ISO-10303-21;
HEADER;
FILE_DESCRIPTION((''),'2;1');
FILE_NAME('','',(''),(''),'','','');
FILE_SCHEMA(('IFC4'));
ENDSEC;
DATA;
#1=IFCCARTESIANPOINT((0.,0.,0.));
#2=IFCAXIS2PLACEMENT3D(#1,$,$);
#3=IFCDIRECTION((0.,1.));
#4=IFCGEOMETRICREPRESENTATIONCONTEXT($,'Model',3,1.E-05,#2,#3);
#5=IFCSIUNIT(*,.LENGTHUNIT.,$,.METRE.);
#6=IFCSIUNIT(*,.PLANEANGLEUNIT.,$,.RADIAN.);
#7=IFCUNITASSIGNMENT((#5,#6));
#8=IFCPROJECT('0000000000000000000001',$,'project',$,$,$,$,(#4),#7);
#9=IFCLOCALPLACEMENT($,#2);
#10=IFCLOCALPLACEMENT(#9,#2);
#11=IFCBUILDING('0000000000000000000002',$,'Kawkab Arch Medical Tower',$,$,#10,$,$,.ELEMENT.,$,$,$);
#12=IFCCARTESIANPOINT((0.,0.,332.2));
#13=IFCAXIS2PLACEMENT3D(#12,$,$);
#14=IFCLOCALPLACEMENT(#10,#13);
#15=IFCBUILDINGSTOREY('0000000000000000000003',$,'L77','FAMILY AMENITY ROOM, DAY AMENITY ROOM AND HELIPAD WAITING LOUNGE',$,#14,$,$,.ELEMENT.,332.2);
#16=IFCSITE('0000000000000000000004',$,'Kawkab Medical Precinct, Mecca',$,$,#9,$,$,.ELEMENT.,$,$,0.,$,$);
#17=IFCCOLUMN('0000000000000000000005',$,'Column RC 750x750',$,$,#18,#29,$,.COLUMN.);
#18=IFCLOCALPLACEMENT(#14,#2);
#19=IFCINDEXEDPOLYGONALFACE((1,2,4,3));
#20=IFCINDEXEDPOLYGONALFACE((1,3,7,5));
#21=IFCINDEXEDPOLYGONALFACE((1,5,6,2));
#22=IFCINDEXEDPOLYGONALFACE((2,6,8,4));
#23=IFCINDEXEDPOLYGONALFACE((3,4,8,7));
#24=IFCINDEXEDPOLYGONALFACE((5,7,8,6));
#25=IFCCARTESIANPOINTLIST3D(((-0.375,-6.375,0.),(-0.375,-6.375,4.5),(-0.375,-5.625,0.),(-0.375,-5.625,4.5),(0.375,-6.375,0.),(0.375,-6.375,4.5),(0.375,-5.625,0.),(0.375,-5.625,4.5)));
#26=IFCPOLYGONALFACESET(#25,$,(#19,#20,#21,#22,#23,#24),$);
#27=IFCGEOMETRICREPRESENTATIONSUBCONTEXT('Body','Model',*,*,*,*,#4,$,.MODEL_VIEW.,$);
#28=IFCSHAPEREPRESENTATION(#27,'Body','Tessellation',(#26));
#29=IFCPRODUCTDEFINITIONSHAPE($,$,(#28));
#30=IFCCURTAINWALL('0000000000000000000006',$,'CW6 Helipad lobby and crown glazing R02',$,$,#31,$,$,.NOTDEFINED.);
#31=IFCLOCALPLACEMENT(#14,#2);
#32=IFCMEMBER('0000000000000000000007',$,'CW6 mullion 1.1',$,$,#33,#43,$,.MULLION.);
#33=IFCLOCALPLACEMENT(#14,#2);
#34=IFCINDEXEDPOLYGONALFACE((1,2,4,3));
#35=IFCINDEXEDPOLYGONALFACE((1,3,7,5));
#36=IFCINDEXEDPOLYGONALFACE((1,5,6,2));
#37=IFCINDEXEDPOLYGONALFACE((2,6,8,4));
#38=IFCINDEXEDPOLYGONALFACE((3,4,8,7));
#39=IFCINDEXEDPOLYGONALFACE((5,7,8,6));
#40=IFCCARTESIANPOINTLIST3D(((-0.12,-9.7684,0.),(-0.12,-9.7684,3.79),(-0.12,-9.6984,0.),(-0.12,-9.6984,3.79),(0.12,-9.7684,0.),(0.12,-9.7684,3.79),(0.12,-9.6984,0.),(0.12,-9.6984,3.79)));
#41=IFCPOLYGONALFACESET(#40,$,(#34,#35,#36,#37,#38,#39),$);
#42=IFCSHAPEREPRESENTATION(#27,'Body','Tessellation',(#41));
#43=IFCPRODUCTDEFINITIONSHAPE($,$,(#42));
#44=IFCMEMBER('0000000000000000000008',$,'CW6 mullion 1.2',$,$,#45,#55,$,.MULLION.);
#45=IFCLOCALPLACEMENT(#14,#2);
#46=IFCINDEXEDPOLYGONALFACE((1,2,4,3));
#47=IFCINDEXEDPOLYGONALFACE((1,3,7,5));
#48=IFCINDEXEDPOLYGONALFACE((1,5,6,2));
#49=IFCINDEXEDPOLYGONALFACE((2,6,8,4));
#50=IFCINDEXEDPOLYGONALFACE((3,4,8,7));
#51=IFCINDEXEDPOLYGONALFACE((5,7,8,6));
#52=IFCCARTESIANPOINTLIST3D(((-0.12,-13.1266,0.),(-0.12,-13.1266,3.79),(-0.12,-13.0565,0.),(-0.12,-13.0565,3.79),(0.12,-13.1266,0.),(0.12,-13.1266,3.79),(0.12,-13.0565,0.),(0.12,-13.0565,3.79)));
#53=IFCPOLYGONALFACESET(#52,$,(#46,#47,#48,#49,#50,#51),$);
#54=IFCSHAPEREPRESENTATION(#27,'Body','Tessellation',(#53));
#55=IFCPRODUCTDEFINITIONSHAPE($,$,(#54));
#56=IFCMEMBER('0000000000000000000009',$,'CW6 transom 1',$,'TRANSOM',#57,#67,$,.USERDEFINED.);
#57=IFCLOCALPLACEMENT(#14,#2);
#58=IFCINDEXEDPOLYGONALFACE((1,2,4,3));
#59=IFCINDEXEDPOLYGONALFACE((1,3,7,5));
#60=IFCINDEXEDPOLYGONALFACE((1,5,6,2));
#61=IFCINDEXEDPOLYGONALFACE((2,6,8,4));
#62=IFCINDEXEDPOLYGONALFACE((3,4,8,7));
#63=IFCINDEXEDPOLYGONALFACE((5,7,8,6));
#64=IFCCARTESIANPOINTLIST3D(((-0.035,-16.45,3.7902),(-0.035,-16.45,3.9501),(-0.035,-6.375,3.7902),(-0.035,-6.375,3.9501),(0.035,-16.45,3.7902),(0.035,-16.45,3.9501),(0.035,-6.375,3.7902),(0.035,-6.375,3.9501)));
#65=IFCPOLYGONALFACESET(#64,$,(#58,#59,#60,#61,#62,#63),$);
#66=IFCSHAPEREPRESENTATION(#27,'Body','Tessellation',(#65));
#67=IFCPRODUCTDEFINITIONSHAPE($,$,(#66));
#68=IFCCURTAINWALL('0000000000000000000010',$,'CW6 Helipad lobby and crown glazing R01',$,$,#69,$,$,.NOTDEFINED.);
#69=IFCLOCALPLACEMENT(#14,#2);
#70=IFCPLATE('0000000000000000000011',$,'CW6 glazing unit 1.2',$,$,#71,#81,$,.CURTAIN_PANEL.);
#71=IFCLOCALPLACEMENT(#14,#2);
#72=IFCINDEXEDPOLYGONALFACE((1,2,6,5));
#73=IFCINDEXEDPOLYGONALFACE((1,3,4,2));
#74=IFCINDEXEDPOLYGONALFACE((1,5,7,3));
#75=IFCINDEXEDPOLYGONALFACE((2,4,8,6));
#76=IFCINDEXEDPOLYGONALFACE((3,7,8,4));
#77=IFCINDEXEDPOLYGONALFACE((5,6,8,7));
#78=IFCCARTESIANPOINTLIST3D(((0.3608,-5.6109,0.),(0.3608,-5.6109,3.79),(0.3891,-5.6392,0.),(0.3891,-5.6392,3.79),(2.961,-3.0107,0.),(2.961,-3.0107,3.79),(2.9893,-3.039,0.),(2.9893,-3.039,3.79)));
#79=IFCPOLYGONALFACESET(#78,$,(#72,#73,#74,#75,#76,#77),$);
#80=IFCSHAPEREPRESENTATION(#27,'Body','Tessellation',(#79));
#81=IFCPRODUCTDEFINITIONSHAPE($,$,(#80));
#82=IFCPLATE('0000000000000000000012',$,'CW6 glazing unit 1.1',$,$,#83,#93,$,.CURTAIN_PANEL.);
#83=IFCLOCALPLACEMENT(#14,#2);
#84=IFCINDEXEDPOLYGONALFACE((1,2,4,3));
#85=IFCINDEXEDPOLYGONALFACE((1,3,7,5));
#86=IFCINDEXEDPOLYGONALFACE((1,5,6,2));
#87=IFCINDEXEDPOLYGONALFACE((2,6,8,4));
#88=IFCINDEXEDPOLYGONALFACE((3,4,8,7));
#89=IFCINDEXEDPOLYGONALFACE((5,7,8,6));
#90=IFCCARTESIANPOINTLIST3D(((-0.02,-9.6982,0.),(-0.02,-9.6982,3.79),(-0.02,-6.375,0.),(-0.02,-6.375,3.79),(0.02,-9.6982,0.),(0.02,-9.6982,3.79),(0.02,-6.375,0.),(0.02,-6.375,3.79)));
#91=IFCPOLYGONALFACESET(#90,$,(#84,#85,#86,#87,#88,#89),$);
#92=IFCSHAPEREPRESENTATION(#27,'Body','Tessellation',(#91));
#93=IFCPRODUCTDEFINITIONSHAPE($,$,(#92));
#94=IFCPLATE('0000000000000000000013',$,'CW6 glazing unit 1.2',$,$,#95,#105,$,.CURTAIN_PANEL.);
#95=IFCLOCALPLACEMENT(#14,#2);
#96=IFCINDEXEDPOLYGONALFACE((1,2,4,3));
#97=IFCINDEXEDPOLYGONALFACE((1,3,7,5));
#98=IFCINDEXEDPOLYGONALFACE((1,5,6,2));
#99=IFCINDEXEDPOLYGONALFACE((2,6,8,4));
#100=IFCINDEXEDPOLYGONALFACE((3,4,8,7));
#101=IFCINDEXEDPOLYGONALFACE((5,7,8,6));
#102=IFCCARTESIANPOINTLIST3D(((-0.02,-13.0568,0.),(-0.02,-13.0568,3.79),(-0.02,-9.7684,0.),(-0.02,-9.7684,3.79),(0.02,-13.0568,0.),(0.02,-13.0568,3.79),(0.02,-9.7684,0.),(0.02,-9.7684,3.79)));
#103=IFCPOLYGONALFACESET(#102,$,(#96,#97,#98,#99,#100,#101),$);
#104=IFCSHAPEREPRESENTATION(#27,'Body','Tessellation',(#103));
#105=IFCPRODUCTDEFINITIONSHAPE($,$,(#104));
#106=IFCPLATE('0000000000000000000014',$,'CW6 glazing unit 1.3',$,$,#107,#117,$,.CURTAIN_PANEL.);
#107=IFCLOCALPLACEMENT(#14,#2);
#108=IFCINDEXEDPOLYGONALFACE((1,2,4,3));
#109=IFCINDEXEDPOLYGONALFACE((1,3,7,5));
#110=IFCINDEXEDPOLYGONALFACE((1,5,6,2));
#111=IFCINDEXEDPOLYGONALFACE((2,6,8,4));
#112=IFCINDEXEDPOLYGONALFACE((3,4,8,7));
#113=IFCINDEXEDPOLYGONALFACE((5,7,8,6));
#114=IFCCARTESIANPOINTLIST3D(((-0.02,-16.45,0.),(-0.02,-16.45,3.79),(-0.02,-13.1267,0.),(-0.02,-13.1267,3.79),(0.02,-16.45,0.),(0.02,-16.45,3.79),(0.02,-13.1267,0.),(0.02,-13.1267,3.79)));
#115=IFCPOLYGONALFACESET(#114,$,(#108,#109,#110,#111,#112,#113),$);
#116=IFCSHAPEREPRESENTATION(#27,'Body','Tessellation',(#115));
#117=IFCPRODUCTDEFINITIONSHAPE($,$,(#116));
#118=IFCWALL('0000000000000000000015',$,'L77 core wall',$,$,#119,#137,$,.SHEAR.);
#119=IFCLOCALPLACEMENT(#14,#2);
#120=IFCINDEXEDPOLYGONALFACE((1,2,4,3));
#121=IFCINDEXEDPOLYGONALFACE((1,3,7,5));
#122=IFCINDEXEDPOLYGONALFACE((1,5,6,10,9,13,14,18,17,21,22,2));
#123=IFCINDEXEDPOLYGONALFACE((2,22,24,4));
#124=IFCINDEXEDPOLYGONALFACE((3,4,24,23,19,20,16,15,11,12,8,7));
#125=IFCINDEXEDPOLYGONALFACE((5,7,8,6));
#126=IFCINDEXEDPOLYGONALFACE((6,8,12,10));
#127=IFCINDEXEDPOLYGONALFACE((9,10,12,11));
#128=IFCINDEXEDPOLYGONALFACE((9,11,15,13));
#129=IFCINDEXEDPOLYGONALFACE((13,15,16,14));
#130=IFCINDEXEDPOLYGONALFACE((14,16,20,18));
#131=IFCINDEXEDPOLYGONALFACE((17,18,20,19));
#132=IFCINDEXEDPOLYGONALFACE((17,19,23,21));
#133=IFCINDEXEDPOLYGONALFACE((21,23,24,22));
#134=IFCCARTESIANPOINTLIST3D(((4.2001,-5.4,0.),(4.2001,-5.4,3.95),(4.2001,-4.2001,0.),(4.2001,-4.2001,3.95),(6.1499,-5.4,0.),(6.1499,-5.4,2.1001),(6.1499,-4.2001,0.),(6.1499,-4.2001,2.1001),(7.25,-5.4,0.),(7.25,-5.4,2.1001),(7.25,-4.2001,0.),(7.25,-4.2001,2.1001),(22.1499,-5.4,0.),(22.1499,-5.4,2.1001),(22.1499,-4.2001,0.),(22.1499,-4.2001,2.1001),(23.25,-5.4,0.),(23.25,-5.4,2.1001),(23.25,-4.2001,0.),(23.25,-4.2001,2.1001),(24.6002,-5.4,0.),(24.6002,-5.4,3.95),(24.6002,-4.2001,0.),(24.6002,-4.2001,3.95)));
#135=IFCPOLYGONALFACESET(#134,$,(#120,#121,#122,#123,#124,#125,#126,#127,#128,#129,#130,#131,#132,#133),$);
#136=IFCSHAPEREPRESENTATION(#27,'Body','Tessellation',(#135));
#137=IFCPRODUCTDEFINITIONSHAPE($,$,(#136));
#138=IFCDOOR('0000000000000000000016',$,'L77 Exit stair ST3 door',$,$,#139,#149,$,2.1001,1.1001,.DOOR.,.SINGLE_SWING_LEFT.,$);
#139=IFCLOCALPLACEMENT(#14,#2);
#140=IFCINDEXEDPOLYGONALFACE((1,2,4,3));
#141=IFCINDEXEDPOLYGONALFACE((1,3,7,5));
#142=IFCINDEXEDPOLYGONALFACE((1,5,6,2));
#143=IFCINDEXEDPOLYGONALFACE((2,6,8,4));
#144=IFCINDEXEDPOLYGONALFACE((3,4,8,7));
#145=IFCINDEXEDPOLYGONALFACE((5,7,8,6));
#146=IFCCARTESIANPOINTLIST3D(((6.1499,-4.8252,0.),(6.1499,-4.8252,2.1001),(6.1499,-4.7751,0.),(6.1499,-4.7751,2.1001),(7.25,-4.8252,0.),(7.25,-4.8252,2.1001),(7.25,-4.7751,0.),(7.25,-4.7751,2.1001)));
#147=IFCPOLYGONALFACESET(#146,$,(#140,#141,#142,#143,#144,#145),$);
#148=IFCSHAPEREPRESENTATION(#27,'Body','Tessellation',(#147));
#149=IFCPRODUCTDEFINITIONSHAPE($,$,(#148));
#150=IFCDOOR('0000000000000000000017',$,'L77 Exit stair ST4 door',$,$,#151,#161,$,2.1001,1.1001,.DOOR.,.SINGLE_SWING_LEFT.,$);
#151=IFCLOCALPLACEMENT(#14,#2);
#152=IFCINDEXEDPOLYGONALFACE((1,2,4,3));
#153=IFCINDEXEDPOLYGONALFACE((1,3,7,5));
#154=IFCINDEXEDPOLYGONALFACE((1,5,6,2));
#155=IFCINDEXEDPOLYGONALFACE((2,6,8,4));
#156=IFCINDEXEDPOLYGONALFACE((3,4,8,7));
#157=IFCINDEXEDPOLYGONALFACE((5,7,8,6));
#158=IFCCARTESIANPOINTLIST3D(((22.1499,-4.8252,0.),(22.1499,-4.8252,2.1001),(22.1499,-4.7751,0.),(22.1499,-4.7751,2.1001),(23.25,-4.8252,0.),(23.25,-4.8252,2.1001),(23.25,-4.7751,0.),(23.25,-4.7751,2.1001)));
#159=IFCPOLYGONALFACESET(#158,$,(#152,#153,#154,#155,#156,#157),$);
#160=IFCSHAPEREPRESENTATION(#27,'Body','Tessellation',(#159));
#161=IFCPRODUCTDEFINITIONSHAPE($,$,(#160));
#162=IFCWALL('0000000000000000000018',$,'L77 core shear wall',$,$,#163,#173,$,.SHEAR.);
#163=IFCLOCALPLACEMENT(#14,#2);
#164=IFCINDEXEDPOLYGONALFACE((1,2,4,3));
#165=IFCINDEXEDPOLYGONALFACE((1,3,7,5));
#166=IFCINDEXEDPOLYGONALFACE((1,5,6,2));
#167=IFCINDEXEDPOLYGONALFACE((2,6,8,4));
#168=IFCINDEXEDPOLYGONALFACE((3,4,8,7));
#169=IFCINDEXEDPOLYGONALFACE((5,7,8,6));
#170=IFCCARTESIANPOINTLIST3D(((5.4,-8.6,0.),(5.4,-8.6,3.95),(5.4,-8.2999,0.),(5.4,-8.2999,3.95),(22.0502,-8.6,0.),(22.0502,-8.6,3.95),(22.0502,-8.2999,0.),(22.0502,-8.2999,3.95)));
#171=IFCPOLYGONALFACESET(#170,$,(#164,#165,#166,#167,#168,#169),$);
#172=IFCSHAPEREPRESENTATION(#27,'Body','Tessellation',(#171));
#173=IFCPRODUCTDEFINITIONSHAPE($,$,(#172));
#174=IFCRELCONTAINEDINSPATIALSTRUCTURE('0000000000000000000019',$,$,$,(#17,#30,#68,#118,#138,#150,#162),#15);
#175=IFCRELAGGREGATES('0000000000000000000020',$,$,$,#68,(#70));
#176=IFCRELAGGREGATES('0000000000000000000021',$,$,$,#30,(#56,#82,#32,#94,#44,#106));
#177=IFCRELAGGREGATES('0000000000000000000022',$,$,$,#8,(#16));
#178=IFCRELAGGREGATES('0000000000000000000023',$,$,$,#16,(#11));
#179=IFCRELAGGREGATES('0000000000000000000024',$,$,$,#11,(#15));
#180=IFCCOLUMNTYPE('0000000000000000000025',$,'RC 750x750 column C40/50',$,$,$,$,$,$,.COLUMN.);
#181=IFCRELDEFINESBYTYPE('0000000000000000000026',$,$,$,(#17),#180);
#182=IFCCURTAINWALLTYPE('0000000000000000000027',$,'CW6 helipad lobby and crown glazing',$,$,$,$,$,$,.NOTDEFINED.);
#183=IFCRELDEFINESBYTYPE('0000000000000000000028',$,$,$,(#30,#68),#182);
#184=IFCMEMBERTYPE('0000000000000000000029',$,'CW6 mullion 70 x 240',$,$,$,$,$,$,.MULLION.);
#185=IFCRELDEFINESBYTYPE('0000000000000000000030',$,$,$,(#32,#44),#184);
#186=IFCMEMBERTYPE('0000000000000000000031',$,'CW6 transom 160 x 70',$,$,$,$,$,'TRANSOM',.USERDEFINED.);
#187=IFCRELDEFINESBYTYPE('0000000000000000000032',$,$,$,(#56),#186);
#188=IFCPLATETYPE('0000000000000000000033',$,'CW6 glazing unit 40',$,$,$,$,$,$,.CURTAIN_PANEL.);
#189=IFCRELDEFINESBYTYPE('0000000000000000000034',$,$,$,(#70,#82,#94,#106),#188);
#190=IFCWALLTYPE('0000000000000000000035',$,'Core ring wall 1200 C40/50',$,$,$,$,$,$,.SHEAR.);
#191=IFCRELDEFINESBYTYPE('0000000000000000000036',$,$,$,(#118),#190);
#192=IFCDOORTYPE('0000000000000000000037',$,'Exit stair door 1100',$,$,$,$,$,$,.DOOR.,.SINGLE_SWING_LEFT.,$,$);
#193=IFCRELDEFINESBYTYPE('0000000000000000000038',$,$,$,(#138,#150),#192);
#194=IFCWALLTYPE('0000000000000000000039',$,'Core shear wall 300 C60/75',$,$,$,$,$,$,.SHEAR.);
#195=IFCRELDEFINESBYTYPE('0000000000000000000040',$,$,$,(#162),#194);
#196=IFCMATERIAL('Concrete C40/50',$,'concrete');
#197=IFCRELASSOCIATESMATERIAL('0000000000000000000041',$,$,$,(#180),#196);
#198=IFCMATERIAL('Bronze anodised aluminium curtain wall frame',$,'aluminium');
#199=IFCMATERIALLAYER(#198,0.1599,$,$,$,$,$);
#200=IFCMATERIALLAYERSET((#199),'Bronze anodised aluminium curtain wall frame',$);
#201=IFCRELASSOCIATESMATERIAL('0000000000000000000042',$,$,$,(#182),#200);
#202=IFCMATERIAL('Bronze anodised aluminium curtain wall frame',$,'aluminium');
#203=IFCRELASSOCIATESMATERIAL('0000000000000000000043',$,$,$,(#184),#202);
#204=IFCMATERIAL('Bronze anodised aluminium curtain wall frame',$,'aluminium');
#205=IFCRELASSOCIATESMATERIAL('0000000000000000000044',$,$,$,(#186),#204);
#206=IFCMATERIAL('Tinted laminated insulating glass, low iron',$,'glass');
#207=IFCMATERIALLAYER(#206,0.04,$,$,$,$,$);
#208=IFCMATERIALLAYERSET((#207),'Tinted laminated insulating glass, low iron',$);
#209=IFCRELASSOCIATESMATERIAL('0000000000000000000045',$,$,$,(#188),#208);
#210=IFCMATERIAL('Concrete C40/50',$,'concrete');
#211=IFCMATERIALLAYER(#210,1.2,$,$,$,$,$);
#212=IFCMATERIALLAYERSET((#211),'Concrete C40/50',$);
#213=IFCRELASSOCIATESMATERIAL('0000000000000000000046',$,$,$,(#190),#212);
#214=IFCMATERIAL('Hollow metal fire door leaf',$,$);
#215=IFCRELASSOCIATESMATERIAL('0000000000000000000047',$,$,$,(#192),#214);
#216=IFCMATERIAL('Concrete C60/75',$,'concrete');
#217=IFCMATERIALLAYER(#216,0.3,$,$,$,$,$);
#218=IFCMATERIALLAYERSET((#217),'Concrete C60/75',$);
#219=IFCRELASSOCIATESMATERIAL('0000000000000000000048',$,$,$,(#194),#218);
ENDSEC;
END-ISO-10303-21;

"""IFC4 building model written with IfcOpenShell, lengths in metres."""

from ifc_helpers import new_model, si_unit, direction, frame, frame_2d, origin, origin_2d, place, context, subcontext, project, spatial, rectangle, extrude, material, layer, layer_set, material_profile, profile_set, type_object, element, fill, aggregate, save


model = new_model("IFC4")

# Units and contexts
model_context = context("Model", 3, precision=1e-05, world=origin(), true_north=direction((0.0, 1.0)))
body_context = subcontext(model_context, "Body", "Model", "MODEL_VIEW")
ifc_project = project(units=[si_unit("LENGTHUNIT", "METRE"), si_unit("PLANEANGLEUNIT", "RADIAN")], contexts=[model_context])

# Site, building, storey
site_placement = place(None, origin())
site = spatial("IfcSite", under=ifc_project, at=site_placement, Name="Kawkab Medical Precinct, Mecca", CompositionType="ELEMENT", RefElevation=0.0)
building_placement = place(site_placement, origin())
building = spatial("IfcBuilding", under=site, at=building_placement, Name="Kawkab Arch Medical Tower", CompositionType="ELEMENT")
storey_placement = place(building_placement, frame((0.0, 0.0, 332.2)))
storey = spatial("IfcBuildingStorey", under=building, at=storey_placement, Name="L77", Description="FAMILY AMENITY ROOM, DAY AMENITY ROOM AND HELIPAD WAITING LOUNGE", CompositionType="ELEMENT", Elevation=332.2)

# Column
ifc_material_1 = material(Name="Concrete C40/50", Category="concrete")
ifc_material_profile_1 = material_profile(ifc_material_1, rectangle(XDim=0.75, YDim=0.75, at=origin_2d()), Name="RC 750x750")
ifc_profile_set_1 = profile_set([ifc_material_profile_1], Name="Concrete C40/50")
column_type = type_object("IfcColumnType", Name="RC 750x750 column C40/50", PredefinedType="COLUMN", material=ifc_profile_set_1)
column_placement = place(storey_placement, frame((0.0, -6.0, 0.0), z_axis=(0.0, 0.0, 1.0), x_axis=(1.0, 0.0, 0.0)))
element("IfcColumn", 1, at=column_placement, inside=storey, type_object=column_type, Name="Column RC 750x750", PredefinedType="COLUMN", context=body_context, shape_type="SweptSolid", body=[
    extrude(rectangle(XDim=0.75, YDim=0.75, at=origin_2d()), origin(), (0.0, 0.0, 1.0), 4.5),
])

# Curtain wall, members
ifc_material_2 = material(Name="Bronze anodised aluminium curtain wall frame", Category="aluminium")
ifc_layer_1 = layer(ifc_material_2, 0.1599)
ifc_layer_set_1 = layer_set([ifc_layer_1], Name="Bronze anodised aluminium curtain wall frame")
curtain_wall_type = type_object("IfcCurtainWallType", Name="CW6 helipad lobby and crown glazing", PredefinedType="NOTDEFINED", material=ifc_layer_set_1)
placement = place(storey_placement, origin())
curtain_wall_1 = element("IfcCurtainWall", 2, at=placement, inside=storey, type_object=curtain_wall_type, Name="CW6 Helipad lobby and crown glazing R02", PredefinedType="NOTDEFINED")
ifc_material_3 = material(Name="Bronze anodised aluminium curtain wall frame", Category="aluminium")
ifc_material_profile_2 = material_profile(ifc_material_3, rectangle(XDim=0.24, YDim=0.0701, at=origin_2d()), Name="AL 70x240")
ifc_profile_set_2 = profile_set([ifc_material_profile_2], Name="Bronze anodised aluminium curtain wall frame")
member_type_1 = type_object("IfcMemberType", Name="CW6 mullion 70 x 240", PredefinedType="MULLION", material=ifc_profile_set_2)
member_1_placement = place(storey_placement, frame((0.0, -9.7334, 0.0), z_axis=(0.0, 0.0, 1.0), x_axis=(1.0, 0.0, 0.0)))
member_1 = element("IfcMember", 3, at=member_1_placement, type_object=member_type_1, Name="CW6 mullion 1.1", PredefinedType="MULLION", context=body_context, shape_type="SweptSolid", body=[
    extrude(rectangle(XDim=0.24, YDim=0.0701, at=origin_2d()), origin(), (0.0, 0.0, 1.0), 3.79),
])
member_2_placement = place(storey_placement, frame((0.0, -13.0916, 0.0), z_axis=(0.0, 0.0, 1.0), x_axis=(1.0, 0.0, 0.0)))
member_2 = element("IfcMember", 4, at=member_2_placement, type_object=member_type_1, Name="CW6 mullion 1.2", PredefinedType="MULLION", context=body_context, shape_type="SweptSolid", body=[
    extrude(rectangle(XDim=0.24, YDim=0.0701, at=origin_2d()), origin(), (0.0, 0.0, 1.0), 3.79),
])
ifc_material_4 = material(Name="Bronze anodised aluminium curtain wall frame", Category="aluminium")
ifc_material_profile_3 = material_profile(ifc_material_4, rectangle(XDim=0.0701, YDim=0.1599, at=origin_2d()), Name="AL 70x160")
ifc_profile_set_3 = profile_set([ifc_material_profile_3], Name="Bronze anodised aluminium curtain wall frame")
member_type_2 = type_object("IfcMemberType", Name="CW6 transom 160 x 70", ElementType="TRANSOM", PredefinedType="USERDEFINED", material=ifc_profile_set_3)
member_3_placement = place(storey_placement, frame((0.0, -6.375, 3.8701), z_axis=(0.0, -1.0, 0.0), x_axis=(1.0, 0.0, 0.0)))
member_3 = element("IfcMember", 5, at=member_3_placement, type_object=member_type_2, Name="CW6 transom 1", ObjectType="TRANSOM", PredefinedType="USERDEFINED", context=body_context, shape_type="SweptSolid", body=[
    extrude(rectangle(XDim=0.0701, YDim=0.1599, at=origin_2d()), origin(), (0.0, 0.0, 1.0), 10.075),
])

# Curtain wall, plate
curtain_wall_2 = element("IfcCurtainWall", 6, at=placement, inside=storey, type_object=curtain_wall_type, Name="CW6 Helipad lobby and crown glazing R01", PredefinedType="NOTDEFINED")
ifc_material_5 = material(Name="Tinted laminated insulating glass, low iron", Category="glass")
ifc_layer_2 = layer(ifc_material_5, 0.04)
ifc_layer_set_2 = layer_set([ifc_layer_2], Name="Tinted laminated insulating glass, low iron")
plate_type = type_object("IfcPlateType", Name="CW6 glazing unit 40", PredefinedType="CURTAIN_PANEL", material=ifc_layer_set_2)
plate_1_placement = place(storey_placement, frame((1.675, -4.325, 0.0), z_axis=(0.0, 0.0, 1.0), x_axis=(-0.707107, -0.707107, 0.0)))
plate_1 = element("IfcPlate", 7, at=plate_1_placement, type_object=plate_type, Name="CW6 glazing unit 1.2", PredefinedType="CURTAIN_PANEL", context=body_context, shape_type="SweptSolid", body=[
    extrude(rectangle(XDim=3.6772, YDim=0.04, at=origin_2d()), origin(), (0.0, 0.0, 1.0), 3.79),
])
aggregate(curtain_wall_2, [plate_1])

# Plates
plate_2_placement = place(storey_placement, frame((0.0, -8.0366, 0.0), z_axis=(0.0, 0.0, 1.0), x_axis=(0.0, -1.0, 0.0)))
plate_2 = element("IfcPlate", 8, at=plate_2_placement, type_object=plate_type, Name="CW6 glazing unit 1.1", PredefinedType="CURTAIN_PANEL", context=body_context, shape_type="SweptSolid", body=[
    extrude(rectangle(XDim=3.3232, YDim=0.04, at=origin_2d()), origin(), (0.0, 0.0, 1.0), 3.79),
])
plate_3_placement = place(storey_placement, frame((0.0, -11.4126, 0.0), z_axis=(0.0, 0.0, 1.0), x_axis=(0.0, -1.0, 0.0)))
plate_3 = element("IfcPlate", 9, at=plate_3_placement, type_object=plate_type, Name="CW6 glazing unit 1.2", PredefinedType="CURTAIN_PANEL", context=body_context, shape_type="SweptSolid", body=[
    extrude(rectangle(XDim=3.2883, YDim=0.04, at=origin_2d()), origin(), (0.0, 0.0, 1.0), 3.79),
])
plate_4_placement = place(storey_placement, frame((0.0, -14.7883, 0.0), z_axis=(0.0, 0.0, 1.0), x_axis=(0.0, -1.0, 0.0)))
plate_4 = element("IfcPlate", 10, at=plate_4_placement, type_object=plate_type, Name="CW6 glazing unit 1.3", PredefinedType="CURTAIN_PANEL", context=body_context, shape_type="SweptSolid", body=[
    extrude(rectangle(XDim=3.3232, YDim=0.04, at=origin_2d()), origin(), (0.0, 0.0, 1.0), 3.79),
])
aggregate(curtain_wall_1, [member_3, plate_2, member_1, plate_3, member_2, plate_4])

# Wall, openings, doors
ifc_material_6 = material(Name="Concrete C40/50", Category="concrete")
ifc_layer_3 = layer(ifc_material_6, 1.2)
ifc_layer_set_3 = layer_set([ifc_layer_3], Name="Concrete C40/50")
wall_type_1 = type_object("IfcWallType", Name="Core ring wall 1200 C40/50", PredefinedType="SHEAR", material=ifc_layer_set_3)
wall_1_placement = place(storey_placement, frame((4.2, -4.8, 0.0), z_axis=(0.0, 0.0, 1.0), x_axis=(1.0, 0.0, 0.0)))
wall_1 = element("IfcWall", 11, at=wall_1_placement, inside=storey, type_object=wall_type_1, Name="L77 core wall", PredefinedType="SHEAR", context=body_context, shape_type="SweptSolid", body=[
    extrude(rectangle(XDim=20.4001, YDim=1.2, at=frame_2d((10.2002, 0.0))), origin(), (0.0, 0.0, 1.0), 3.95),
])
opening_1_placement = place(wall_1_placement, frame((1.95, 0.0, 0.0)))
opening_1 = element("IfcOpeningElement", 12, at=opening_1_placement, cuts=wall_1, PredefinedType="OPENING", context=body_context, shape_type="SweptSolid", body=[
    extrude(rectangle(XDim=1.1001, YDim=2.1001, at=frame_2d((0.55, 1.05))), frame((0.0, 0.6099, 0.0), z_axis=(0.0, -1.0, 0.0), x_axis=(1.0, 0.0, 0.0)), (0.0, 0.0, 1.0), 1.22),
])
opening_2_placement = place(wall_1_placement, frame((17.95, 0.0, 0.0)))
opening_2 = element("IfcOpeningElement", 13, at=opening_2_placement, cuts=wall_1, PredefinedType="OPENING", context=body_context, shape_type="SweptSolid", body=[
    extrude(rectangle(XDim=1.1001, YDim=2.1001, at=frame_2d((0.55, 1.05))), frame((0.0, 0.6099, 0.0), z_axis=(0.0, -1.0, 0.0), x_axis=(1.0, 0.0, 0.0)), (0.0, 0.0, 1.0), 1.22),
])
ifc_material_7 = material(Name="Hollow metal fire door leaf")
door_type_1 = type_object("IfcDoorType", Name="Exit stair door 1100", OperationType="SINGLE_SWING_LEFT", PredefinedType="DOOR", material=ifc_material_7)
door_1_placement = place(opening_1_placement, origin())
door_1 = element("IfcDoor", 14, at=door_1_placement, inside=storey, type_object=door_type_1, Name="L77 Exit stair ST3 door", OperationType="SINGLE_SWING_LEFT", OverallHeight=2.1001, OverallWidth=1.1001, PredefinedType="DOOR", context=body_context, shape_type="SweptSolid", body=[
    extrude(rectangle(XDim=1.1001, YDim=2.1001, at=frame_2d((0.55, 1.05))), frame((0.0, 0.0249, 0.0), z_axis=(0.0, -1.0, 0.0), x_axis=(1.0, 0.0, 0.0)), (0.0, 0.0, 1.0), 0.05),
])
fill(opening_1, door_1)
door_2_placement = place(opening_2_placement, origin())
door_2 = element("IfcDoor", 15, at=door_2_placement, inside=storey, type_object=door_type_1, Name="L77 Exit stair ST4 door", OperationType="SINGLE_SWING_LEFT", OverallHeight=2.1001, OverallWidth=1.1001, PredefinedType="DOOR", context=body_context, shape_type="SweptSolid", body=[
    extrude(rectangle(XDim=1.1001, YDim=2.1001, at=frame_2d((0.55, 1.05))), frame((0.0, 0.0249, 0.0), z_axis=(0.0, -1.0, 0.0), x_axis=(1.0, 0.0, 0.0)), (0.0, 0.0, 1.0), 0.05),
])
fill(opening_2, door_2)

# Wall
ifc_material_8 = material(Name="Concrete C60/75", Category="concrete")
ifc_layer_4 = layer(ifc_material_8, 0.3)
ifc_layer_set_4 = layer_set([ifc_layer_4], Name="Concrete C60/75")
wall_type_2 = type_object("IfcWallType", Name="Core shear wall 300 C60/75", PredefinedType="SHEAR", material=ifc_layer_set_4)
wall_2_placement = place(storey_placement, frame((5.3999, -8.45, 0.0), z_axis=(0.0, 0.0, 1.0), x_axis=(1.0, 0.0, 0.0)))
element("IfcWall", 16, at=wall_2_placement, inside=storey, type_object=wall_type_2, Name="L77 core shear wall", PredefinedType="SHEAR", context=body_context, shape_type="SweptSolid", body=[
    extrude(rectangle(XDim=16.6501, YDim=0.3, at=frame_2d((8.3252, 0.0))), origin(), (0.0, 0.0, 1.0), 3.95),
])

save(model, "model.ifc")
